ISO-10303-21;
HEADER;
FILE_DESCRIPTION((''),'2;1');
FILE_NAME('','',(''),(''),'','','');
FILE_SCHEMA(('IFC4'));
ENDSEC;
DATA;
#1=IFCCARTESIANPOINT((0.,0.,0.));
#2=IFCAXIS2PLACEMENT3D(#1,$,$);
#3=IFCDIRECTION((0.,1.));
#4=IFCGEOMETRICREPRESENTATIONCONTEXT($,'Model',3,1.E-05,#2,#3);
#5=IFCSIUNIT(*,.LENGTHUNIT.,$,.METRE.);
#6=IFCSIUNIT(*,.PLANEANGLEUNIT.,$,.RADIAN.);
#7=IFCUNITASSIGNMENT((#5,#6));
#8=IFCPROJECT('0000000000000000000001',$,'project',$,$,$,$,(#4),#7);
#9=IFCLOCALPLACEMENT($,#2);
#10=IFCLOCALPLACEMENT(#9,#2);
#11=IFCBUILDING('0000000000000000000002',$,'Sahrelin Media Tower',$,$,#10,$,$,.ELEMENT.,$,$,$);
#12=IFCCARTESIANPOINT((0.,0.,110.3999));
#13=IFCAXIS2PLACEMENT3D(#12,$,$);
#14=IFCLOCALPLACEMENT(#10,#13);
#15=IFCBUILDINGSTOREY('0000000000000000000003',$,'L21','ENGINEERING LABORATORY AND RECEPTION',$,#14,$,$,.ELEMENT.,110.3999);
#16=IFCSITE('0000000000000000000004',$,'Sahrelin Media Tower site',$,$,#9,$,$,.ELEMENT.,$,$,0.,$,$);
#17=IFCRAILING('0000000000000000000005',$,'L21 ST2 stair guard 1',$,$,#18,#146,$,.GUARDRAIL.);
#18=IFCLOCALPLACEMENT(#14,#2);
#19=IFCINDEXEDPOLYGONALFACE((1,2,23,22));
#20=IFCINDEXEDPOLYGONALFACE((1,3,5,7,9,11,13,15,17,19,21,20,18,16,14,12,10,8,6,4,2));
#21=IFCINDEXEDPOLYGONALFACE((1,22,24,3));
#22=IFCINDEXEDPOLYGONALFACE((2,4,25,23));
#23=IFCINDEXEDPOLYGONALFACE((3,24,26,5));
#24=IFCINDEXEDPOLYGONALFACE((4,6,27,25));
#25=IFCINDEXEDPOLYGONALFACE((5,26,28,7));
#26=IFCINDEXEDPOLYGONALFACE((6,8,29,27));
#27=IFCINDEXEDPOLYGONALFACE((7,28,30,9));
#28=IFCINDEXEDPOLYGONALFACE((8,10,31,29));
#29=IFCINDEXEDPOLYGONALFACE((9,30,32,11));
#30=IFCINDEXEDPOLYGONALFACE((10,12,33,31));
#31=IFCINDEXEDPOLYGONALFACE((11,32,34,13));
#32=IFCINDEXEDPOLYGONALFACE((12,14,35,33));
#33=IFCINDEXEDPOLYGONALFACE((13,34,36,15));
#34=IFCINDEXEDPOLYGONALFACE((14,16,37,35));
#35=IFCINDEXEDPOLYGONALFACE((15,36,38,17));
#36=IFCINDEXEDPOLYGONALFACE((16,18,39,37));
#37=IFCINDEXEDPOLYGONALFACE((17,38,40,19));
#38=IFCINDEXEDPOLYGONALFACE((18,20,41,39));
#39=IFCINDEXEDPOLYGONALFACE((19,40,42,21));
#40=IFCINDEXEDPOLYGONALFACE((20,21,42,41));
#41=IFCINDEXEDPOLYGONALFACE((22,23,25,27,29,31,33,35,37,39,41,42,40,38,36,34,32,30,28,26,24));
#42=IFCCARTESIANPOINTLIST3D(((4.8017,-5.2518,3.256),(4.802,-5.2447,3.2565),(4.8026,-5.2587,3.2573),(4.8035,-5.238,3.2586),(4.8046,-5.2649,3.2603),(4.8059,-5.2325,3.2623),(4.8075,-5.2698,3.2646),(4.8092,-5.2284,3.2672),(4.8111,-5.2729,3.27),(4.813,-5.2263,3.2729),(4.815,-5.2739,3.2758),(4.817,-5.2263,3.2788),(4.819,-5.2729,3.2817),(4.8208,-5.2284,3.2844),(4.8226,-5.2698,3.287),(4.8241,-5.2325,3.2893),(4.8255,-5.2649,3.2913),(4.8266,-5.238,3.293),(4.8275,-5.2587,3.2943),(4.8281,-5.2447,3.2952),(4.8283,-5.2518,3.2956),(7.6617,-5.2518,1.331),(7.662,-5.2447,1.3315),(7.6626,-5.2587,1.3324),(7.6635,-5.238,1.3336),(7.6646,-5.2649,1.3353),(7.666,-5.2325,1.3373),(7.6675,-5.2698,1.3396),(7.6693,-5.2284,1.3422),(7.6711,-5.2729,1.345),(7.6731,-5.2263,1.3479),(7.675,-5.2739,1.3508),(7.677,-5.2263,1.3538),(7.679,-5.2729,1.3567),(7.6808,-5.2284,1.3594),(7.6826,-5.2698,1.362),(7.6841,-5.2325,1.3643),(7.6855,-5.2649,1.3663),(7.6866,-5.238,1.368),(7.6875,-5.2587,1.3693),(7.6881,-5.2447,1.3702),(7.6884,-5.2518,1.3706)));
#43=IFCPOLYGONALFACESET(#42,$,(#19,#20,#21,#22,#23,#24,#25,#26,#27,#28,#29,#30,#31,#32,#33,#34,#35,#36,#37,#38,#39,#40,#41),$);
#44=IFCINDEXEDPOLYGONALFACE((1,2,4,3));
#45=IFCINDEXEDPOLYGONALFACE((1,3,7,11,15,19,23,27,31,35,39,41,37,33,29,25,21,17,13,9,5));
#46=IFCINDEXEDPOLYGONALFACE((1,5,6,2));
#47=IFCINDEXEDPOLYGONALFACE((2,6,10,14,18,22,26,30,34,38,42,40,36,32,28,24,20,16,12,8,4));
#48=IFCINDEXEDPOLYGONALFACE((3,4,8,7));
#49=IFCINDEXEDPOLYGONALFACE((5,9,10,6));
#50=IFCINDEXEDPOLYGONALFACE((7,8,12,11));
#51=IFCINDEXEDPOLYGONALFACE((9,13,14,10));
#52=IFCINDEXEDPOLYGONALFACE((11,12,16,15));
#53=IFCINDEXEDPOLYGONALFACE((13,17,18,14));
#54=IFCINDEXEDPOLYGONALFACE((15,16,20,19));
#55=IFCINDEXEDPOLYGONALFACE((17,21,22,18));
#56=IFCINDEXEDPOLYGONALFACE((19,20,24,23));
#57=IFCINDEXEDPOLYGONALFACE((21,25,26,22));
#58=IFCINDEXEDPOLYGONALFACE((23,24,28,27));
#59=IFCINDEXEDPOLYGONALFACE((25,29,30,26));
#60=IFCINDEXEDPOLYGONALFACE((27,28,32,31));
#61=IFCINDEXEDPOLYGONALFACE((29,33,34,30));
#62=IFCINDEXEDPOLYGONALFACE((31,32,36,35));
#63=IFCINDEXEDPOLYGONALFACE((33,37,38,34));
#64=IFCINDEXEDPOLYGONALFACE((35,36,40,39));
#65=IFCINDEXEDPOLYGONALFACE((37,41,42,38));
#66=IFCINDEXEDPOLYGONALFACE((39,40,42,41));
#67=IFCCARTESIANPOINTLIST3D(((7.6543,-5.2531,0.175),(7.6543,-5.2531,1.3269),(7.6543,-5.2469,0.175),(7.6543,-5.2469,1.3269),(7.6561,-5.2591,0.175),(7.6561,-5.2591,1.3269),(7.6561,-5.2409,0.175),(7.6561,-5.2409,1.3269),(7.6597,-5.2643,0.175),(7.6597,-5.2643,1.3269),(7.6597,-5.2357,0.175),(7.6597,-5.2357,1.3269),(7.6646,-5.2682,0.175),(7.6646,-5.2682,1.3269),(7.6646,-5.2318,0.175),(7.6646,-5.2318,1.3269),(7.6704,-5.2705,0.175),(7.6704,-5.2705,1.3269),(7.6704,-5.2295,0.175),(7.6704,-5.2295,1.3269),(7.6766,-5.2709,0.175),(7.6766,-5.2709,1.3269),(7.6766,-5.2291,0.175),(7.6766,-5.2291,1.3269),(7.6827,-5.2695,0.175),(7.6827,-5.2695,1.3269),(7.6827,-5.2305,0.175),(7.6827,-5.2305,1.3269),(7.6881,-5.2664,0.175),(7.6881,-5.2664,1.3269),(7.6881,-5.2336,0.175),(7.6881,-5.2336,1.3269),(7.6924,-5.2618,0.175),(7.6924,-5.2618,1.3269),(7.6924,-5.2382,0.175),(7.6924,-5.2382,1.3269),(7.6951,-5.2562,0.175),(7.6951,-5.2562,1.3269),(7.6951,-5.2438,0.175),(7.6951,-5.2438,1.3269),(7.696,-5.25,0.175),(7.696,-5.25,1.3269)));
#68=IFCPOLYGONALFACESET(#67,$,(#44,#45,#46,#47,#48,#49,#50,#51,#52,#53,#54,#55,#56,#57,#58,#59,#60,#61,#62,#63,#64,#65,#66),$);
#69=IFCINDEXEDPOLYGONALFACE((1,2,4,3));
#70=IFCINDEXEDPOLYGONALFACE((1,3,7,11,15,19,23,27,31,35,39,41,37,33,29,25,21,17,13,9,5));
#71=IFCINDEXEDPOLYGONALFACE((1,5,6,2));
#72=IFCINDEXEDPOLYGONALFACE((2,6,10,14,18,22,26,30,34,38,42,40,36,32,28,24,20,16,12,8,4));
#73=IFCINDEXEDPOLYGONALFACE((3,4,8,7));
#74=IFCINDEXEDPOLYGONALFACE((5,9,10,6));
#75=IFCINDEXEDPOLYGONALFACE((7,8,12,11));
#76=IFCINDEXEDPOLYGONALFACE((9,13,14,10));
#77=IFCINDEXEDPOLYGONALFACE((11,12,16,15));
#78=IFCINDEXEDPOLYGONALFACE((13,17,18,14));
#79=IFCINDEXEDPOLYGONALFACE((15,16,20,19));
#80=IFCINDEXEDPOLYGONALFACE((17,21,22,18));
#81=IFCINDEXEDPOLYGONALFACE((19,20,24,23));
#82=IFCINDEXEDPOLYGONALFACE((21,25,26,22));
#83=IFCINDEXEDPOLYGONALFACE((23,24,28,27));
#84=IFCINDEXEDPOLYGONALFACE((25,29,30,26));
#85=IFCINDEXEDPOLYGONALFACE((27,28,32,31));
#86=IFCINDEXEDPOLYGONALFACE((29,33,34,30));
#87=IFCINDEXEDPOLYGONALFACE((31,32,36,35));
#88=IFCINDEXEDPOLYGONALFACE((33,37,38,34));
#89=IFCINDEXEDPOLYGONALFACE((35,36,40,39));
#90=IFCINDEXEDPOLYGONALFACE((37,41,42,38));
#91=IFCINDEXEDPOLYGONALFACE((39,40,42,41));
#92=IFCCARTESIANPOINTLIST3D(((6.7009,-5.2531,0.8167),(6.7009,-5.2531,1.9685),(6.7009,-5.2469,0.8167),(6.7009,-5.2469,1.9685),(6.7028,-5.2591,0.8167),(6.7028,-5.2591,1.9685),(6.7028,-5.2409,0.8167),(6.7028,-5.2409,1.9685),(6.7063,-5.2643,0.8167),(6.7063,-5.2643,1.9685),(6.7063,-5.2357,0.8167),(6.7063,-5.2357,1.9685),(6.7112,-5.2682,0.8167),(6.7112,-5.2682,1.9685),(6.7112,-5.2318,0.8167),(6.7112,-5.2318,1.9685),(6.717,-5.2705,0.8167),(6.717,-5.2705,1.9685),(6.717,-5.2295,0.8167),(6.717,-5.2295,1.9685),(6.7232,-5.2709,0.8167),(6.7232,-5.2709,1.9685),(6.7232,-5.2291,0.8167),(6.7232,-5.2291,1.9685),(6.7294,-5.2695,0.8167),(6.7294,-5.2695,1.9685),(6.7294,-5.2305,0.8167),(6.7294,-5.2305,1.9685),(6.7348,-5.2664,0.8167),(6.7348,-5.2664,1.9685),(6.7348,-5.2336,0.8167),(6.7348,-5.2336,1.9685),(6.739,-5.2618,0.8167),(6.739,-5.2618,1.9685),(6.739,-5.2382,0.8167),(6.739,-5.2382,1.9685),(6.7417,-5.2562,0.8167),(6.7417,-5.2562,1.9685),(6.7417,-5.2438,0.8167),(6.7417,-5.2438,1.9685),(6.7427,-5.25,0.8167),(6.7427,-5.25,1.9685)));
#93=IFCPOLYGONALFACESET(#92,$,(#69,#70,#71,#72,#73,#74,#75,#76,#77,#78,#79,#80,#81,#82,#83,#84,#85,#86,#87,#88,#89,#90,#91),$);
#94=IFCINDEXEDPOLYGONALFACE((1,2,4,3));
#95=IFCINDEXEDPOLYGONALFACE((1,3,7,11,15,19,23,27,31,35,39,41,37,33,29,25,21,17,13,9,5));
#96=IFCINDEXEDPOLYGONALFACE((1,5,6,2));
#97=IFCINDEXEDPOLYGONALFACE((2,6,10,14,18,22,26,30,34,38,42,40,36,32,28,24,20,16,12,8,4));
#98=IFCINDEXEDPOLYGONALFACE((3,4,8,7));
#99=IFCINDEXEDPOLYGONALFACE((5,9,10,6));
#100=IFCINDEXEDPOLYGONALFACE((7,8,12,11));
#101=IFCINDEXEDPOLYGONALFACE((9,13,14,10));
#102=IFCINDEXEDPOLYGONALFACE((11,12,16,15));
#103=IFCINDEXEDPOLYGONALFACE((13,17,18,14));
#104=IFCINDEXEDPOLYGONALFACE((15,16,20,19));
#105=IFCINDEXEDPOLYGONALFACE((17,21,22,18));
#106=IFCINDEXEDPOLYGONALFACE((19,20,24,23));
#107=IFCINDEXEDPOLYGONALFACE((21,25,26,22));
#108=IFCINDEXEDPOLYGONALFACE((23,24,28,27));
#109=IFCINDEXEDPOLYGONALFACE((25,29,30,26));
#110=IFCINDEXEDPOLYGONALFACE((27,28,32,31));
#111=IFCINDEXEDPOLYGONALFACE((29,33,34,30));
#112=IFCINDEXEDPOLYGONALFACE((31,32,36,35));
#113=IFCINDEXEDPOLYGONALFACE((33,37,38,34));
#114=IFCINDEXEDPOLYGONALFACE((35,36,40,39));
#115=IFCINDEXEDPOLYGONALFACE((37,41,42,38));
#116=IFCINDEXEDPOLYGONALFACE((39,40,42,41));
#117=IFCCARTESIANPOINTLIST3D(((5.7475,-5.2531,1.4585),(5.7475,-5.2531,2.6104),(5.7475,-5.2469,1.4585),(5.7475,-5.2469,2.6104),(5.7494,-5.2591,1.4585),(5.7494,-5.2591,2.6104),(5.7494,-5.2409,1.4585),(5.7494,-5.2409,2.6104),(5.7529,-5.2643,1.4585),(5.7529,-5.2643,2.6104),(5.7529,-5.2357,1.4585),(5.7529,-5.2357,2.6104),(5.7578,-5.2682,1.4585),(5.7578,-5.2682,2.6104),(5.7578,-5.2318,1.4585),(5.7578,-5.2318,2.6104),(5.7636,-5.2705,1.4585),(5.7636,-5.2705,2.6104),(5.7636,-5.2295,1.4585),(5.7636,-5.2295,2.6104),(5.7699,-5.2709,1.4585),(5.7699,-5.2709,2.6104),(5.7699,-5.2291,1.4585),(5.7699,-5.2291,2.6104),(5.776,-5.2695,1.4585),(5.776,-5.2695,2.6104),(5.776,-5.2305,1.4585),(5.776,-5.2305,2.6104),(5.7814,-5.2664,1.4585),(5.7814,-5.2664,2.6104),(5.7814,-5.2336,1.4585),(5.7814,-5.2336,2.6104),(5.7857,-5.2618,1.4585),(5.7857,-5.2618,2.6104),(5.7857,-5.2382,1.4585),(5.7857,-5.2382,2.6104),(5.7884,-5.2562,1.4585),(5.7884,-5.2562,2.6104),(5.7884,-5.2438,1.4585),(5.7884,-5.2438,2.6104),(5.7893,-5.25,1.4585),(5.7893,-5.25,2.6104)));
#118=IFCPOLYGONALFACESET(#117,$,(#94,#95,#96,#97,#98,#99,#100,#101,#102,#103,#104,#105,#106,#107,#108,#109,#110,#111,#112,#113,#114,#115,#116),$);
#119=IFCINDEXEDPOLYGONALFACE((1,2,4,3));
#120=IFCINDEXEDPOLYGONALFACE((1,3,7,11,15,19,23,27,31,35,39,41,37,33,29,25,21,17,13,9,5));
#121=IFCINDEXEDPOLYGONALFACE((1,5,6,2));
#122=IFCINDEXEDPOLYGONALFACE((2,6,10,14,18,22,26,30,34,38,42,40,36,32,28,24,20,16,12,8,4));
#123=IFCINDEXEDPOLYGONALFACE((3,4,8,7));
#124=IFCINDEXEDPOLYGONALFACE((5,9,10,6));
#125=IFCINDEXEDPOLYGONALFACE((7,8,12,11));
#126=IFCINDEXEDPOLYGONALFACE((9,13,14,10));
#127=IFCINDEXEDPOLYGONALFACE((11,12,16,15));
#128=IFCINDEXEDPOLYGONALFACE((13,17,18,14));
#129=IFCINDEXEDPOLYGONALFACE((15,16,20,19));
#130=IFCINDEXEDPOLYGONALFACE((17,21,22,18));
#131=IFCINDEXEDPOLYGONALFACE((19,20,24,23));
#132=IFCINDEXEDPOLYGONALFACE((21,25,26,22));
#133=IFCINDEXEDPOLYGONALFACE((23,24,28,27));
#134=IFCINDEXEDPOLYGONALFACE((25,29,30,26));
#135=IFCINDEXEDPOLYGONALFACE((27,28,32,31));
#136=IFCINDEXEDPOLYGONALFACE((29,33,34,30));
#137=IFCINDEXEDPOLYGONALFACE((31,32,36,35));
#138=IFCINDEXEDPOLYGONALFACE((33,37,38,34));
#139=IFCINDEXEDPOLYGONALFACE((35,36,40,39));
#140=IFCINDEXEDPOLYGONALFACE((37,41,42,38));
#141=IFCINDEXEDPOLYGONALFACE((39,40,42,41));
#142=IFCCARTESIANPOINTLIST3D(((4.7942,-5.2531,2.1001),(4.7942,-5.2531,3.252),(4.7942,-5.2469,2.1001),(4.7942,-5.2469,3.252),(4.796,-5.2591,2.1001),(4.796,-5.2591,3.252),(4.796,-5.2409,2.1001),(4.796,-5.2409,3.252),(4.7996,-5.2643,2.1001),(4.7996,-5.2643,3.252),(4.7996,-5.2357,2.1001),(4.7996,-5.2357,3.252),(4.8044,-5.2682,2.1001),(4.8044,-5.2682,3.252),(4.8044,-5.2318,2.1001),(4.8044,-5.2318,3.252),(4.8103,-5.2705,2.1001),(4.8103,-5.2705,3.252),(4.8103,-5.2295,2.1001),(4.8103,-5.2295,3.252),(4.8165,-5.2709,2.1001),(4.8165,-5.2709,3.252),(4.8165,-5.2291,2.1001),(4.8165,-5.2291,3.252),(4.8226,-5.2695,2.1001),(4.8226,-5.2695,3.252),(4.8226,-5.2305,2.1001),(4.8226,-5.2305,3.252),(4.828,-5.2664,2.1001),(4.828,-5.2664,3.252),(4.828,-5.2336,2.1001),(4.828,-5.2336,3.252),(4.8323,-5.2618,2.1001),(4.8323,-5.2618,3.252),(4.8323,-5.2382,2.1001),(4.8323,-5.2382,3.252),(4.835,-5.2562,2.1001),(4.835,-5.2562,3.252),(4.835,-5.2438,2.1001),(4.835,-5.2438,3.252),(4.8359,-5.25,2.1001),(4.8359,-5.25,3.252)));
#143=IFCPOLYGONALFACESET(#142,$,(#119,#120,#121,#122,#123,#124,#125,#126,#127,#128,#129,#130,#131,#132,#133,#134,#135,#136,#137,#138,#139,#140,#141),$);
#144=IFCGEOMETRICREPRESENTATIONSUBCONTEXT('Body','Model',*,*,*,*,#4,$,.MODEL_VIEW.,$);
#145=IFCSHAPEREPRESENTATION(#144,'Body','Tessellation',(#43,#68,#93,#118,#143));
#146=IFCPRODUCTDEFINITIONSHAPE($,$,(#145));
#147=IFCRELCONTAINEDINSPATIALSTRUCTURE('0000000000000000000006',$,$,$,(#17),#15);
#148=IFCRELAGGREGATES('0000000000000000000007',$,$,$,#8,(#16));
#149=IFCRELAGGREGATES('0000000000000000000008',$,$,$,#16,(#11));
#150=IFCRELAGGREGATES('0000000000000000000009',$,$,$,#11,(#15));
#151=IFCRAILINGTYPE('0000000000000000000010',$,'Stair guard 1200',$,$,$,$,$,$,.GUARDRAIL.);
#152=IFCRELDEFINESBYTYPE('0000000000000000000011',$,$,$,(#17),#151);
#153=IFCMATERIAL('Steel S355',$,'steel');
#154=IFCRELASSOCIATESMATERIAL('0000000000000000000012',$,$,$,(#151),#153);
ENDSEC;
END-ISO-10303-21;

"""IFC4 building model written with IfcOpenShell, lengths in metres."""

from ifc_helpers import new_model, si_unit, direction, frame, origin, origin_2d, place, context, subcontext, project, spatial, circle, extrude, material, type_object, element, save


model = new_model("IFC4")

# Units and contexts
model_context = context("Model", 3, precision=1e-05, world=origin(), true_north=direction((0.0, 1.0)))
body_context = subcontext(model_context, "Body", "Model", "MODEL_VIEW")
ifc_project = project(units=[si_unit("LENGTHUNIT", "METRE"), si_unit("PLANEANGLEUNIT", "RADIAN")], contexts=[model_context])

# Site, building, storey
site_placement = place(None, origin())
site = spatial("IfcSite", under=ifc_project, at=site_placement, Name="Sahrelin Media Tower site", CompositionType="ELEMENT", RefElevation=0.0)
building_placement = place(site_placement, origin())
building = spatial("IfcBuilding", under=site, at=building_placement, Name="Sahrelin Media Tower", CompositionType="ELEMENT")
storey_placement = place(building_placement, frame((0.0, 0.0, 110.3999)))
storey = spatial("IfcBuildingStorey", under=building, at=storey_placement, Name="L21", Description="ENGINEERING LABORATORY AND RECEPTION", CompositionType="ELEMENT", Elevation=110.3999)

# Shared definitions
ifc_material_1 = material(Name="Steel S355", Category="steel")

# Railing
railing_type_1 = type_object("IfcRailingType", Name="Stair guard 1200", PredefinedType="GUARDRAIL", material=ifc_material_1)
railing_1_placement = place(storey_placement, frame((7.675, -5.25, 0.175)))
element("IfcRailing", 1, at=railing_1_placement, inside=storey, type_object=railing_type_1, Name="L21 ST2 stair guard 1", PredefinedType="GUARDRAIL", context=body_context, shape_type="SweptSolid", body=[
    extrude(circle(Radius=0.0239, at=origin_2d()), frame((0.0, 0.0, 1.1758), z_axis=(-0.829591, 0.0, 0.558372), x_axis=(0.0, -1.0, 0.0)), (0.0, 0.0, 1.0), 3.4475),
    extrude(circle(Radius=0.021, at=origin_2d()), origin(), (0.0, 0.0, 1.0), 1.1519),
    extrude(circle(Radius=0.021, at=origin_2d()), frame((-0.9534, 0.0, 0.6416)), (0.0, 0.0, 1.0), 1.1519),
    extrude(circle(Radius=0.021, at=origin_2d()), frame((-1.9067, 0.0, 1.2834)), (0.0, 0.0, 1.0), 1.1519),
    extrude(circle(Radius=0.021, at=origin_2d()), frame((-2.8601, 0.0, 1.925)), (0.0, 0.0, 1.0), 1.1519),
])

save(model, "model.ifc")
